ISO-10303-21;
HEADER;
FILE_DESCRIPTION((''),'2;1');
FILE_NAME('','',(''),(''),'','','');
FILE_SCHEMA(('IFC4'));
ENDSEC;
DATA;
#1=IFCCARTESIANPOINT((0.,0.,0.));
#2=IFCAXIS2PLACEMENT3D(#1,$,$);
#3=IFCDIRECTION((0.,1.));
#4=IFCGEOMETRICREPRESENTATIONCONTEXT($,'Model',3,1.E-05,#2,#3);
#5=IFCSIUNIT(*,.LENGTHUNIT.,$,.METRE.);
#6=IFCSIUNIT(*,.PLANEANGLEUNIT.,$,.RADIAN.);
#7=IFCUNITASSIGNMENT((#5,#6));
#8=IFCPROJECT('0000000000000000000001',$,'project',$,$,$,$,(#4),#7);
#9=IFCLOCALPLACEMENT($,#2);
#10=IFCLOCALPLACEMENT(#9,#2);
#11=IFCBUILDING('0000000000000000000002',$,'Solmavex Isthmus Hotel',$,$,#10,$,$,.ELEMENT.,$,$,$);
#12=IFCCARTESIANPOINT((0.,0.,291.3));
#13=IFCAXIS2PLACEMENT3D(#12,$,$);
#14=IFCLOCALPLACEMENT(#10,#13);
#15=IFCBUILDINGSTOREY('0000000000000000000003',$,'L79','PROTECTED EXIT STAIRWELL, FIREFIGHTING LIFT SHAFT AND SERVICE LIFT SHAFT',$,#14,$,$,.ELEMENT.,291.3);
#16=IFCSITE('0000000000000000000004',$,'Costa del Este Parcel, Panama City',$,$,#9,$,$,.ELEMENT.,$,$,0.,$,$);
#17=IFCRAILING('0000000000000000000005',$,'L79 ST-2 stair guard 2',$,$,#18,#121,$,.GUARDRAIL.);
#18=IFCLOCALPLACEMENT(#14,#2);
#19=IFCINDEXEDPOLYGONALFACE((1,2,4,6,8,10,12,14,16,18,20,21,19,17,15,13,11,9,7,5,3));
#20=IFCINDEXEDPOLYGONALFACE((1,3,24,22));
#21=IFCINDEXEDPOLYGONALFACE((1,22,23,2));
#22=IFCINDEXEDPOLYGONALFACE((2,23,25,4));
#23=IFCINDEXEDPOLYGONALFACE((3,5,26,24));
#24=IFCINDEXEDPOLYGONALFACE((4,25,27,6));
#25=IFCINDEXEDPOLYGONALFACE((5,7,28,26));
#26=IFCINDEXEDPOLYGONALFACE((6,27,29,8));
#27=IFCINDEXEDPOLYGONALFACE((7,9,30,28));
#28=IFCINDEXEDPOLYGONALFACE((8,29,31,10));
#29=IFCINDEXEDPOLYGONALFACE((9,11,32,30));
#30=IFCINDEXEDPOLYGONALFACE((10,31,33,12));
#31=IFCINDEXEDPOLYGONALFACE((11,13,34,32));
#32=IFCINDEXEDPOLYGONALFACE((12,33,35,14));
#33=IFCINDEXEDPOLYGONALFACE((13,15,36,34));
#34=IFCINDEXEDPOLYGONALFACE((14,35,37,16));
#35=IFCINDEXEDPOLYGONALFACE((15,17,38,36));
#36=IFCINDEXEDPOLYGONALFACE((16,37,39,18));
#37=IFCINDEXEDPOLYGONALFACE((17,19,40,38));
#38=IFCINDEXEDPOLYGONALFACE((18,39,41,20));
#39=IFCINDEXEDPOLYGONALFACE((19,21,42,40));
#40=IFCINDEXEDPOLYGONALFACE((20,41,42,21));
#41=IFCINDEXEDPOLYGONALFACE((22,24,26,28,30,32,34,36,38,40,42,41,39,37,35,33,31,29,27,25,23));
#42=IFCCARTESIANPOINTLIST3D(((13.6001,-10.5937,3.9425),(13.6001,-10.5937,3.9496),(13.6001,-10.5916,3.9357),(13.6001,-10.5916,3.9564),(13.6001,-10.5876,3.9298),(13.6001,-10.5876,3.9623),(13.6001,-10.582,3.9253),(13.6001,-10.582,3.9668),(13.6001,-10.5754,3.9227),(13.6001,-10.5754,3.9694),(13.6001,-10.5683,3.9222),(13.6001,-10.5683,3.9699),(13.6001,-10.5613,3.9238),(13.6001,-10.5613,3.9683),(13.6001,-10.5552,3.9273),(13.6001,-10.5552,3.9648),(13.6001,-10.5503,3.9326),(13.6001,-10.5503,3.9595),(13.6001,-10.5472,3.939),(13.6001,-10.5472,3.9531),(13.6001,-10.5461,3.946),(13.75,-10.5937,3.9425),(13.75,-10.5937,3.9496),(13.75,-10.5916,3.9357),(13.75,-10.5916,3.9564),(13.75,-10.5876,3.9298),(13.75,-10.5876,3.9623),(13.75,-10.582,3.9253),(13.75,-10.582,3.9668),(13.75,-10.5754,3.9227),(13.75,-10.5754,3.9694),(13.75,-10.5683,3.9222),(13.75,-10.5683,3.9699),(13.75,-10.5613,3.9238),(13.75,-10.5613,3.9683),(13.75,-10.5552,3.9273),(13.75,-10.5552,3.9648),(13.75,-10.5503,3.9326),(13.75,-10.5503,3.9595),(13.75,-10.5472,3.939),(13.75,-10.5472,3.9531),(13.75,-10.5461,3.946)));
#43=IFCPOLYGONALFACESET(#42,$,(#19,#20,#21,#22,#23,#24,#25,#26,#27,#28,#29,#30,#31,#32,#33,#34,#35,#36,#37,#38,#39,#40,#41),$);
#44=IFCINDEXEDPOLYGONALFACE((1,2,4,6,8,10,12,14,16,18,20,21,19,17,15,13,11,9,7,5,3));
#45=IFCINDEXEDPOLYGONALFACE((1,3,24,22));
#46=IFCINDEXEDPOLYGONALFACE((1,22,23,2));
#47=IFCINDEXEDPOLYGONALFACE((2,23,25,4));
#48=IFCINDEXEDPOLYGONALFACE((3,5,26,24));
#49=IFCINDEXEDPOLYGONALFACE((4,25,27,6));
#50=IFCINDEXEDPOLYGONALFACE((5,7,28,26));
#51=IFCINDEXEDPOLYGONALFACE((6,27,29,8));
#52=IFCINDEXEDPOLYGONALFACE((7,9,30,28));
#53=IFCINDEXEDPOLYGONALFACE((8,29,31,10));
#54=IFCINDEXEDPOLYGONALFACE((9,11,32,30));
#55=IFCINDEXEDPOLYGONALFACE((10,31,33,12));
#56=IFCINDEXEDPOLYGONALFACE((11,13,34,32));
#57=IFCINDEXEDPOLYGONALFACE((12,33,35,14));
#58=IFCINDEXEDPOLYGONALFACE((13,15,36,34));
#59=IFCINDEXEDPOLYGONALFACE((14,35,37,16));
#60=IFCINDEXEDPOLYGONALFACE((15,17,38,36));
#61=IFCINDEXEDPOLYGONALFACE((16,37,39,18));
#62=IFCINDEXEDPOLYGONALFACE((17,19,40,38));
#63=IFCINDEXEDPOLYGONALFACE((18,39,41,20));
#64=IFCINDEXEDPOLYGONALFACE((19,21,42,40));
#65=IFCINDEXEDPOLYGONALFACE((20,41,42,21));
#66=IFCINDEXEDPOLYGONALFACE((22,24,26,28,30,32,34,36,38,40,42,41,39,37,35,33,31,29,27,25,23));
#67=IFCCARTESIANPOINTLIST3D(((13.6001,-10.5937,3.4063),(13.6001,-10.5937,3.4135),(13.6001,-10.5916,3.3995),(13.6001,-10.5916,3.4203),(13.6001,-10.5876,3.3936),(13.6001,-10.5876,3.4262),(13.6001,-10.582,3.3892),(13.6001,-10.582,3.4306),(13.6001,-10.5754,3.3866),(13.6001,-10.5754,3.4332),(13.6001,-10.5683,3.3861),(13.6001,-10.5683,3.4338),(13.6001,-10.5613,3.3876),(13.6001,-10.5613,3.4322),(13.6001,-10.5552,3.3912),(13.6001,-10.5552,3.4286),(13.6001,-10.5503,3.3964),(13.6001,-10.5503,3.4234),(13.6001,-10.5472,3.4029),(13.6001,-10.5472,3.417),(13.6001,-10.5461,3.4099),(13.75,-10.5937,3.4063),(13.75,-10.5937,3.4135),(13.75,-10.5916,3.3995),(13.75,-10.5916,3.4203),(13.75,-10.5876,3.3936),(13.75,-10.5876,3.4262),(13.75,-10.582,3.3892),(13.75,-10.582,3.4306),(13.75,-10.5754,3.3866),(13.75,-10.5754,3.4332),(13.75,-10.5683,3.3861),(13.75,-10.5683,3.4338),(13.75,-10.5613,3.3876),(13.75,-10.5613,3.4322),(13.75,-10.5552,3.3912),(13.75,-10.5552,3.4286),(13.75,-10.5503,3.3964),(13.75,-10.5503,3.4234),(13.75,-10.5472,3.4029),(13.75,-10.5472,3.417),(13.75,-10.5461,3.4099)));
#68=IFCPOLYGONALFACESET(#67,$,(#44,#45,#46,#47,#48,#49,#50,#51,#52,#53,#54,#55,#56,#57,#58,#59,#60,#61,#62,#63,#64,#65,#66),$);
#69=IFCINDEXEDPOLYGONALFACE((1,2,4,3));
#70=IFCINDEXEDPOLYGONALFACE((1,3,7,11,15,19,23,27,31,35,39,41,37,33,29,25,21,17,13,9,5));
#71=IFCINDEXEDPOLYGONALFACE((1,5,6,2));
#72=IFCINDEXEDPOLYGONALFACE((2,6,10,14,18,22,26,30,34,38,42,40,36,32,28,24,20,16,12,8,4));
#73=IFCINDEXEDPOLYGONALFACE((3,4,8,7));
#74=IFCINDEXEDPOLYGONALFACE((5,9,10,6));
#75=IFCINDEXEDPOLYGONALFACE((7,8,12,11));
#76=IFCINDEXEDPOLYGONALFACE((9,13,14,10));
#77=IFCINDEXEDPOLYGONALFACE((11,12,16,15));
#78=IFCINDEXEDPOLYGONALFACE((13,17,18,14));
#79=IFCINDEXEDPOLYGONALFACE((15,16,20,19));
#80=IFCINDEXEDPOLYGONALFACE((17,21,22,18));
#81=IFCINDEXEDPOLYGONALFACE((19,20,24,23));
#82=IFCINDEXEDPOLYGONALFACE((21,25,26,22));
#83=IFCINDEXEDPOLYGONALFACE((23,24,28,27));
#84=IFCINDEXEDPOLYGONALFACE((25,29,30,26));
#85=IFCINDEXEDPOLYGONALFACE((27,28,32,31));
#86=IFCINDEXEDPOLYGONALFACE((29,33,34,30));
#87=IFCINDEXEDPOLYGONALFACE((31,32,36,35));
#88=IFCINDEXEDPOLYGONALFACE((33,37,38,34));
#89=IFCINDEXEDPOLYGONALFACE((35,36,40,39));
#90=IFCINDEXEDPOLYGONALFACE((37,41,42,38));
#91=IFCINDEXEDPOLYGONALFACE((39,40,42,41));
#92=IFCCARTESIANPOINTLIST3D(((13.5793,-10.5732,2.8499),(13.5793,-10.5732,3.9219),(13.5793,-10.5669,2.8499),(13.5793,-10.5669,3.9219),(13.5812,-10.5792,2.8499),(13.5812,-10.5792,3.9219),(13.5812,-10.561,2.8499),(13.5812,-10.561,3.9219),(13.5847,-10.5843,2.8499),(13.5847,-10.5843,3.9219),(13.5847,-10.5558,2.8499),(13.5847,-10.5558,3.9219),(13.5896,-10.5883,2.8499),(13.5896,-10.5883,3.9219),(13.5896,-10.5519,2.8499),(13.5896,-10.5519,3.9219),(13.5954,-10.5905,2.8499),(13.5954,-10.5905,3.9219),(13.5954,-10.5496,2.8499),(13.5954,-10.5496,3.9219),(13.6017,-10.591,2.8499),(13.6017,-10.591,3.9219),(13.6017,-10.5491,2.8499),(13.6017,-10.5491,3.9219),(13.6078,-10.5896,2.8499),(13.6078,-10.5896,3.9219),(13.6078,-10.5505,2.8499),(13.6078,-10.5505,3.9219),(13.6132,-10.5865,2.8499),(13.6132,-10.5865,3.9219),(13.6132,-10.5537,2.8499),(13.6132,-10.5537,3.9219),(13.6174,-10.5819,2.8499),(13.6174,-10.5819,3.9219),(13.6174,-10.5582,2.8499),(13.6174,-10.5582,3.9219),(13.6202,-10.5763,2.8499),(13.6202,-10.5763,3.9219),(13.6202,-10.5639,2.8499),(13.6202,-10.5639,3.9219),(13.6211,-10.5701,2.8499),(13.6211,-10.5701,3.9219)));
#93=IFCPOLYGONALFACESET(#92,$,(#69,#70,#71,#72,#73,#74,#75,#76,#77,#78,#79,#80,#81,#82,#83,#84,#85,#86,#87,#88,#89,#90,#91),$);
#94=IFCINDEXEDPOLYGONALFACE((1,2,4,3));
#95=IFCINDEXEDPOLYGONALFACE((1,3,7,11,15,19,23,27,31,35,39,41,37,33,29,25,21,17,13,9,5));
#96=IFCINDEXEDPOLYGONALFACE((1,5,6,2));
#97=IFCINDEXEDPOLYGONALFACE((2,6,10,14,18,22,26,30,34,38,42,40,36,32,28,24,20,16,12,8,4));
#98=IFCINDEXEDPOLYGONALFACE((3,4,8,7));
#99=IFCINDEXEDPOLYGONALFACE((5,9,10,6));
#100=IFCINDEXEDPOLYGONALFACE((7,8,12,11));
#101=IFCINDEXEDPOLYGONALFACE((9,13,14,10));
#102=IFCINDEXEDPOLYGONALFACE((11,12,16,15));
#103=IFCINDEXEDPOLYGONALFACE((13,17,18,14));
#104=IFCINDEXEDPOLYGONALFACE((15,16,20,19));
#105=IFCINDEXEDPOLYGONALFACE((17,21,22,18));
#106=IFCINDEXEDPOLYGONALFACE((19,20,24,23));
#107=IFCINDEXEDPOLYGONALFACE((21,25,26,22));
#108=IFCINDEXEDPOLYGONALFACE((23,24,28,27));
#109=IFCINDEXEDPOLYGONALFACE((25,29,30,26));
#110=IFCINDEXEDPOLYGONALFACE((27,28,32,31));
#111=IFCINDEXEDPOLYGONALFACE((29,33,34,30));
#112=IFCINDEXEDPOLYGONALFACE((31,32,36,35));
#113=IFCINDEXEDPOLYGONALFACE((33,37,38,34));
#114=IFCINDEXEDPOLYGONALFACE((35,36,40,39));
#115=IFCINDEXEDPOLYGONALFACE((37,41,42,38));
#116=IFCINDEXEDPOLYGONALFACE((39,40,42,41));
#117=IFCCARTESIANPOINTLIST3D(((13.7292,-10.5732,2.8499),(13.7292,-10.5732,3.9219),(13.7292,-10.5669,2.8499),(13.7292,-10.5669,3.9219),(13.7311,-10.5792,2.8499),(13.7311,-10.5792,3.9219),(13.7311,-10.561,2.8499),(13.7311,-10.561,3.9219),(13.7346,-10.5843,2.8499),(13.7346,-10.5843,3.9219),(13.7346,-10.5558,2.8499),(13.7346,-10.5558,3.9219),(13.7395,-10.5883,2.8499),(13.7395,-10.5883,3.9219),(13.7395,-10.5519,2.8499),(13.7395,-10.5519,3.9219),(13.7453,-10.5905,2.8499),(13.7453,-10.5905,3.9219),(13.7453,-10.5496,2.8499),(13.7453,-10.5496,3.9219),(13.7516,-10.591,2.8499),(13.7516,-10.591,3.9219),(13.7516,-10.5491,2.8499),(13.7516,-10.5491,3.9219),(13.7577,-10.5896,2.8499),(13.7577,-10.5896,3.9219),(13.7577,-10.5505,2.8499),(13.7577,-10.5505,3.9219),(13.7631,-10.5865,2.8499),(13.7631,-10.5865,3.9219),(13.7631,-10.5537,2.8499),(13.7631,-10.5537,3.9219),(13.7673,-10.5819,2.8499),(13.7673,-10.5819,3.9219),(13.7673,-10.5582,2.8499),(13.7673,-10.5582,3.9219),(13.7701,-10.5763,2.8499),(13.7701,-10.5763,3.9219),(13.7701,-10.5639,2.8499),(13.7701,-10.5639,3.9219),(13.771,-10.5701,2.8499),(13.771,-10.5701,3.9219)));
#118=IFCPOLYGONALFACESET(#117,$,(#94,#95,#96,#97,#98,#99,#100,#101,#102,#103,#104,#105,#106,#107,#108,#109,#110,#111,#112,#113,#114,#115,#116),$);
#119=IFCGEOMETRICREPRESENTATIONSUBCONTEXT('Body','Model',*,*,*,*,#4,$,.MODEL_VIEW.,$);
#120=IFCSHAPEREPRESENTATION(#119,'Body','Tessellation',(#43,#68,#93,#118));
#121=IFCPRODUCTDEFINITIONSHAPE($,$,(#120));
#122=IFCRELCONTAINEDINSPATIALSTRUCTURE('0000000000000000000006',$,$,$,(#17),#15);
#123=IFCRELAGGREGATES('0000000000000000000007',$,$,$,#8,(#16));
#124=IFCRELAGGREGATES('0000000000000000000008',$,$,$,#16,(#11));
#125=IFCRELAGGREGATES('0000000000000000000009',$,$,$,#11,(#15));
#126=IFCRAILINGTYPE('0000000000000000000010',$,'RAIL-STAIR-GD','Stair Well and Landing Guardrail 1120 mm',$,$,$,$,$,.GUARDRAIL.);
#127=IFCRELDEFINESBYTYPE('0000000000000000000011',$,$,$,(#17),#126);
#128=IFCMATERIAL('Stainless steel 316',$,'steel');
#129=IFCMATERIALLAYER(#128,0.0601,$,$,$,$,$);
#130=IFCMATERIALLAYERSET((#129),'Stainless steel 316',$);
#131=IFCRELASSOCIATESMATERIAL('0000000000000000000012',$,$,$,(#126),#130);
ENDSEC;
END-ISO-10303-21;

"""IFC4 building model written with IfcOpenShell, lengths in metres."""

from ifc_helpers import new_model, si_unit, direction, frame, origin, origin_2d, place, context, subcontext, project, spatial, circle, extrude, material, layer, layer_set, type_object, element, save


model = new_model("IFC4")

# Units and contexts
model_context = context("Model", 3, precision=1e-05, world=origin(), true_north=direction((0.0, 1.0)))
body_context = subcontext(model_context, "Body", "Model", "MODEL_VIEW")
ifc_project = project(units=[si_unit("LENGTHUNIT", "METRE"), si_unit("PLANEANGLEUNIT", "RADIAN")], contexts=[model_context])

# Site, building, storey
site_placement = place(None, origin())
site = spatial("IfcSite", under=ifc_project, at=site_placement, Name="Costa del Este Parcel, Panama City", CompositionType="ELEMENT", RefElevation=0.0)
building_placement = place(site_placement, origin())
building = spatial("IfcBuilding", under=site, at=building_placement, Name="Solmavex Isthmus Hotel", CompositionType="ELEMENT")
storey_placement = place(building_placement, frame((0.0, 0.0, 291.3)))
storey = spatial("IfcBuildingStorey", under=building, at=storey_placement, Name="L79", Description="PROTECTED EXIT STAIRWELL, FIREFIGHTING LIFT SHAFT AND SERVICE LIFT SHAFT", CompositionType="ELEMENT", Elevation=291.3)

# Railing
ifc_material_1 = material(Name="Stainless steel 316", Category="steel")
ifc_layer_1 = layer(ifc_material_1, 0.0601)
ifc_layer_set_1 = layer_set([ifc_layer_1], Name="Stainless steel 316")
railing_type_1 = type_object("IfcRailingType", Name="RAIL-STAIR-GD", Description="Stair Well and Landing Guardrail 1120 mm", PredefinedType="GUARDRAIL", material=ifc_layer_set_1)
railing_1_placement = place(storey_placement, frame((13.6001, -10.5701, 2.8499)))
element("IfcRailing", 1, at=railing_1_placement, inside=storey, type_object=railing_type_1, Name="L79 ST-2 stair guard 2", PredefinedType="GUARDRAIL", context=body_context, shape_type="SweptSolid", body=[
    extrude(circle(Radius=0.0239, at=origin_2d()), frame((0.0, 0.0, 1.0962), z_axis=(1.0, 0.0, 0.0), x_axis=(0.0, 1.0, 0.0)), (0.0, 0.0, 1.0), 0.1499),
    extrude(circle(Radius=0.0239, at=origin_2d()), frame((0.0, 0.0, 0.5601), z_axis=(1.0, 0.0, 0.0), x_axis=(0.0, 1.0, 0.0)), (0.0, 0.0, 1.0), 0.1499),
    extrude(circle(Radius=0.021, at=origin_2d()), origin(), (0.0, 0.0, 1.0), 1.072),
    extrude(circle(Radius=0.021, at=origin_2d()), frame((0.1499, 0.0, 0.0)), (0.0, 0.0, 1.0), 1.072),
])

save(model, "model.ifc")
